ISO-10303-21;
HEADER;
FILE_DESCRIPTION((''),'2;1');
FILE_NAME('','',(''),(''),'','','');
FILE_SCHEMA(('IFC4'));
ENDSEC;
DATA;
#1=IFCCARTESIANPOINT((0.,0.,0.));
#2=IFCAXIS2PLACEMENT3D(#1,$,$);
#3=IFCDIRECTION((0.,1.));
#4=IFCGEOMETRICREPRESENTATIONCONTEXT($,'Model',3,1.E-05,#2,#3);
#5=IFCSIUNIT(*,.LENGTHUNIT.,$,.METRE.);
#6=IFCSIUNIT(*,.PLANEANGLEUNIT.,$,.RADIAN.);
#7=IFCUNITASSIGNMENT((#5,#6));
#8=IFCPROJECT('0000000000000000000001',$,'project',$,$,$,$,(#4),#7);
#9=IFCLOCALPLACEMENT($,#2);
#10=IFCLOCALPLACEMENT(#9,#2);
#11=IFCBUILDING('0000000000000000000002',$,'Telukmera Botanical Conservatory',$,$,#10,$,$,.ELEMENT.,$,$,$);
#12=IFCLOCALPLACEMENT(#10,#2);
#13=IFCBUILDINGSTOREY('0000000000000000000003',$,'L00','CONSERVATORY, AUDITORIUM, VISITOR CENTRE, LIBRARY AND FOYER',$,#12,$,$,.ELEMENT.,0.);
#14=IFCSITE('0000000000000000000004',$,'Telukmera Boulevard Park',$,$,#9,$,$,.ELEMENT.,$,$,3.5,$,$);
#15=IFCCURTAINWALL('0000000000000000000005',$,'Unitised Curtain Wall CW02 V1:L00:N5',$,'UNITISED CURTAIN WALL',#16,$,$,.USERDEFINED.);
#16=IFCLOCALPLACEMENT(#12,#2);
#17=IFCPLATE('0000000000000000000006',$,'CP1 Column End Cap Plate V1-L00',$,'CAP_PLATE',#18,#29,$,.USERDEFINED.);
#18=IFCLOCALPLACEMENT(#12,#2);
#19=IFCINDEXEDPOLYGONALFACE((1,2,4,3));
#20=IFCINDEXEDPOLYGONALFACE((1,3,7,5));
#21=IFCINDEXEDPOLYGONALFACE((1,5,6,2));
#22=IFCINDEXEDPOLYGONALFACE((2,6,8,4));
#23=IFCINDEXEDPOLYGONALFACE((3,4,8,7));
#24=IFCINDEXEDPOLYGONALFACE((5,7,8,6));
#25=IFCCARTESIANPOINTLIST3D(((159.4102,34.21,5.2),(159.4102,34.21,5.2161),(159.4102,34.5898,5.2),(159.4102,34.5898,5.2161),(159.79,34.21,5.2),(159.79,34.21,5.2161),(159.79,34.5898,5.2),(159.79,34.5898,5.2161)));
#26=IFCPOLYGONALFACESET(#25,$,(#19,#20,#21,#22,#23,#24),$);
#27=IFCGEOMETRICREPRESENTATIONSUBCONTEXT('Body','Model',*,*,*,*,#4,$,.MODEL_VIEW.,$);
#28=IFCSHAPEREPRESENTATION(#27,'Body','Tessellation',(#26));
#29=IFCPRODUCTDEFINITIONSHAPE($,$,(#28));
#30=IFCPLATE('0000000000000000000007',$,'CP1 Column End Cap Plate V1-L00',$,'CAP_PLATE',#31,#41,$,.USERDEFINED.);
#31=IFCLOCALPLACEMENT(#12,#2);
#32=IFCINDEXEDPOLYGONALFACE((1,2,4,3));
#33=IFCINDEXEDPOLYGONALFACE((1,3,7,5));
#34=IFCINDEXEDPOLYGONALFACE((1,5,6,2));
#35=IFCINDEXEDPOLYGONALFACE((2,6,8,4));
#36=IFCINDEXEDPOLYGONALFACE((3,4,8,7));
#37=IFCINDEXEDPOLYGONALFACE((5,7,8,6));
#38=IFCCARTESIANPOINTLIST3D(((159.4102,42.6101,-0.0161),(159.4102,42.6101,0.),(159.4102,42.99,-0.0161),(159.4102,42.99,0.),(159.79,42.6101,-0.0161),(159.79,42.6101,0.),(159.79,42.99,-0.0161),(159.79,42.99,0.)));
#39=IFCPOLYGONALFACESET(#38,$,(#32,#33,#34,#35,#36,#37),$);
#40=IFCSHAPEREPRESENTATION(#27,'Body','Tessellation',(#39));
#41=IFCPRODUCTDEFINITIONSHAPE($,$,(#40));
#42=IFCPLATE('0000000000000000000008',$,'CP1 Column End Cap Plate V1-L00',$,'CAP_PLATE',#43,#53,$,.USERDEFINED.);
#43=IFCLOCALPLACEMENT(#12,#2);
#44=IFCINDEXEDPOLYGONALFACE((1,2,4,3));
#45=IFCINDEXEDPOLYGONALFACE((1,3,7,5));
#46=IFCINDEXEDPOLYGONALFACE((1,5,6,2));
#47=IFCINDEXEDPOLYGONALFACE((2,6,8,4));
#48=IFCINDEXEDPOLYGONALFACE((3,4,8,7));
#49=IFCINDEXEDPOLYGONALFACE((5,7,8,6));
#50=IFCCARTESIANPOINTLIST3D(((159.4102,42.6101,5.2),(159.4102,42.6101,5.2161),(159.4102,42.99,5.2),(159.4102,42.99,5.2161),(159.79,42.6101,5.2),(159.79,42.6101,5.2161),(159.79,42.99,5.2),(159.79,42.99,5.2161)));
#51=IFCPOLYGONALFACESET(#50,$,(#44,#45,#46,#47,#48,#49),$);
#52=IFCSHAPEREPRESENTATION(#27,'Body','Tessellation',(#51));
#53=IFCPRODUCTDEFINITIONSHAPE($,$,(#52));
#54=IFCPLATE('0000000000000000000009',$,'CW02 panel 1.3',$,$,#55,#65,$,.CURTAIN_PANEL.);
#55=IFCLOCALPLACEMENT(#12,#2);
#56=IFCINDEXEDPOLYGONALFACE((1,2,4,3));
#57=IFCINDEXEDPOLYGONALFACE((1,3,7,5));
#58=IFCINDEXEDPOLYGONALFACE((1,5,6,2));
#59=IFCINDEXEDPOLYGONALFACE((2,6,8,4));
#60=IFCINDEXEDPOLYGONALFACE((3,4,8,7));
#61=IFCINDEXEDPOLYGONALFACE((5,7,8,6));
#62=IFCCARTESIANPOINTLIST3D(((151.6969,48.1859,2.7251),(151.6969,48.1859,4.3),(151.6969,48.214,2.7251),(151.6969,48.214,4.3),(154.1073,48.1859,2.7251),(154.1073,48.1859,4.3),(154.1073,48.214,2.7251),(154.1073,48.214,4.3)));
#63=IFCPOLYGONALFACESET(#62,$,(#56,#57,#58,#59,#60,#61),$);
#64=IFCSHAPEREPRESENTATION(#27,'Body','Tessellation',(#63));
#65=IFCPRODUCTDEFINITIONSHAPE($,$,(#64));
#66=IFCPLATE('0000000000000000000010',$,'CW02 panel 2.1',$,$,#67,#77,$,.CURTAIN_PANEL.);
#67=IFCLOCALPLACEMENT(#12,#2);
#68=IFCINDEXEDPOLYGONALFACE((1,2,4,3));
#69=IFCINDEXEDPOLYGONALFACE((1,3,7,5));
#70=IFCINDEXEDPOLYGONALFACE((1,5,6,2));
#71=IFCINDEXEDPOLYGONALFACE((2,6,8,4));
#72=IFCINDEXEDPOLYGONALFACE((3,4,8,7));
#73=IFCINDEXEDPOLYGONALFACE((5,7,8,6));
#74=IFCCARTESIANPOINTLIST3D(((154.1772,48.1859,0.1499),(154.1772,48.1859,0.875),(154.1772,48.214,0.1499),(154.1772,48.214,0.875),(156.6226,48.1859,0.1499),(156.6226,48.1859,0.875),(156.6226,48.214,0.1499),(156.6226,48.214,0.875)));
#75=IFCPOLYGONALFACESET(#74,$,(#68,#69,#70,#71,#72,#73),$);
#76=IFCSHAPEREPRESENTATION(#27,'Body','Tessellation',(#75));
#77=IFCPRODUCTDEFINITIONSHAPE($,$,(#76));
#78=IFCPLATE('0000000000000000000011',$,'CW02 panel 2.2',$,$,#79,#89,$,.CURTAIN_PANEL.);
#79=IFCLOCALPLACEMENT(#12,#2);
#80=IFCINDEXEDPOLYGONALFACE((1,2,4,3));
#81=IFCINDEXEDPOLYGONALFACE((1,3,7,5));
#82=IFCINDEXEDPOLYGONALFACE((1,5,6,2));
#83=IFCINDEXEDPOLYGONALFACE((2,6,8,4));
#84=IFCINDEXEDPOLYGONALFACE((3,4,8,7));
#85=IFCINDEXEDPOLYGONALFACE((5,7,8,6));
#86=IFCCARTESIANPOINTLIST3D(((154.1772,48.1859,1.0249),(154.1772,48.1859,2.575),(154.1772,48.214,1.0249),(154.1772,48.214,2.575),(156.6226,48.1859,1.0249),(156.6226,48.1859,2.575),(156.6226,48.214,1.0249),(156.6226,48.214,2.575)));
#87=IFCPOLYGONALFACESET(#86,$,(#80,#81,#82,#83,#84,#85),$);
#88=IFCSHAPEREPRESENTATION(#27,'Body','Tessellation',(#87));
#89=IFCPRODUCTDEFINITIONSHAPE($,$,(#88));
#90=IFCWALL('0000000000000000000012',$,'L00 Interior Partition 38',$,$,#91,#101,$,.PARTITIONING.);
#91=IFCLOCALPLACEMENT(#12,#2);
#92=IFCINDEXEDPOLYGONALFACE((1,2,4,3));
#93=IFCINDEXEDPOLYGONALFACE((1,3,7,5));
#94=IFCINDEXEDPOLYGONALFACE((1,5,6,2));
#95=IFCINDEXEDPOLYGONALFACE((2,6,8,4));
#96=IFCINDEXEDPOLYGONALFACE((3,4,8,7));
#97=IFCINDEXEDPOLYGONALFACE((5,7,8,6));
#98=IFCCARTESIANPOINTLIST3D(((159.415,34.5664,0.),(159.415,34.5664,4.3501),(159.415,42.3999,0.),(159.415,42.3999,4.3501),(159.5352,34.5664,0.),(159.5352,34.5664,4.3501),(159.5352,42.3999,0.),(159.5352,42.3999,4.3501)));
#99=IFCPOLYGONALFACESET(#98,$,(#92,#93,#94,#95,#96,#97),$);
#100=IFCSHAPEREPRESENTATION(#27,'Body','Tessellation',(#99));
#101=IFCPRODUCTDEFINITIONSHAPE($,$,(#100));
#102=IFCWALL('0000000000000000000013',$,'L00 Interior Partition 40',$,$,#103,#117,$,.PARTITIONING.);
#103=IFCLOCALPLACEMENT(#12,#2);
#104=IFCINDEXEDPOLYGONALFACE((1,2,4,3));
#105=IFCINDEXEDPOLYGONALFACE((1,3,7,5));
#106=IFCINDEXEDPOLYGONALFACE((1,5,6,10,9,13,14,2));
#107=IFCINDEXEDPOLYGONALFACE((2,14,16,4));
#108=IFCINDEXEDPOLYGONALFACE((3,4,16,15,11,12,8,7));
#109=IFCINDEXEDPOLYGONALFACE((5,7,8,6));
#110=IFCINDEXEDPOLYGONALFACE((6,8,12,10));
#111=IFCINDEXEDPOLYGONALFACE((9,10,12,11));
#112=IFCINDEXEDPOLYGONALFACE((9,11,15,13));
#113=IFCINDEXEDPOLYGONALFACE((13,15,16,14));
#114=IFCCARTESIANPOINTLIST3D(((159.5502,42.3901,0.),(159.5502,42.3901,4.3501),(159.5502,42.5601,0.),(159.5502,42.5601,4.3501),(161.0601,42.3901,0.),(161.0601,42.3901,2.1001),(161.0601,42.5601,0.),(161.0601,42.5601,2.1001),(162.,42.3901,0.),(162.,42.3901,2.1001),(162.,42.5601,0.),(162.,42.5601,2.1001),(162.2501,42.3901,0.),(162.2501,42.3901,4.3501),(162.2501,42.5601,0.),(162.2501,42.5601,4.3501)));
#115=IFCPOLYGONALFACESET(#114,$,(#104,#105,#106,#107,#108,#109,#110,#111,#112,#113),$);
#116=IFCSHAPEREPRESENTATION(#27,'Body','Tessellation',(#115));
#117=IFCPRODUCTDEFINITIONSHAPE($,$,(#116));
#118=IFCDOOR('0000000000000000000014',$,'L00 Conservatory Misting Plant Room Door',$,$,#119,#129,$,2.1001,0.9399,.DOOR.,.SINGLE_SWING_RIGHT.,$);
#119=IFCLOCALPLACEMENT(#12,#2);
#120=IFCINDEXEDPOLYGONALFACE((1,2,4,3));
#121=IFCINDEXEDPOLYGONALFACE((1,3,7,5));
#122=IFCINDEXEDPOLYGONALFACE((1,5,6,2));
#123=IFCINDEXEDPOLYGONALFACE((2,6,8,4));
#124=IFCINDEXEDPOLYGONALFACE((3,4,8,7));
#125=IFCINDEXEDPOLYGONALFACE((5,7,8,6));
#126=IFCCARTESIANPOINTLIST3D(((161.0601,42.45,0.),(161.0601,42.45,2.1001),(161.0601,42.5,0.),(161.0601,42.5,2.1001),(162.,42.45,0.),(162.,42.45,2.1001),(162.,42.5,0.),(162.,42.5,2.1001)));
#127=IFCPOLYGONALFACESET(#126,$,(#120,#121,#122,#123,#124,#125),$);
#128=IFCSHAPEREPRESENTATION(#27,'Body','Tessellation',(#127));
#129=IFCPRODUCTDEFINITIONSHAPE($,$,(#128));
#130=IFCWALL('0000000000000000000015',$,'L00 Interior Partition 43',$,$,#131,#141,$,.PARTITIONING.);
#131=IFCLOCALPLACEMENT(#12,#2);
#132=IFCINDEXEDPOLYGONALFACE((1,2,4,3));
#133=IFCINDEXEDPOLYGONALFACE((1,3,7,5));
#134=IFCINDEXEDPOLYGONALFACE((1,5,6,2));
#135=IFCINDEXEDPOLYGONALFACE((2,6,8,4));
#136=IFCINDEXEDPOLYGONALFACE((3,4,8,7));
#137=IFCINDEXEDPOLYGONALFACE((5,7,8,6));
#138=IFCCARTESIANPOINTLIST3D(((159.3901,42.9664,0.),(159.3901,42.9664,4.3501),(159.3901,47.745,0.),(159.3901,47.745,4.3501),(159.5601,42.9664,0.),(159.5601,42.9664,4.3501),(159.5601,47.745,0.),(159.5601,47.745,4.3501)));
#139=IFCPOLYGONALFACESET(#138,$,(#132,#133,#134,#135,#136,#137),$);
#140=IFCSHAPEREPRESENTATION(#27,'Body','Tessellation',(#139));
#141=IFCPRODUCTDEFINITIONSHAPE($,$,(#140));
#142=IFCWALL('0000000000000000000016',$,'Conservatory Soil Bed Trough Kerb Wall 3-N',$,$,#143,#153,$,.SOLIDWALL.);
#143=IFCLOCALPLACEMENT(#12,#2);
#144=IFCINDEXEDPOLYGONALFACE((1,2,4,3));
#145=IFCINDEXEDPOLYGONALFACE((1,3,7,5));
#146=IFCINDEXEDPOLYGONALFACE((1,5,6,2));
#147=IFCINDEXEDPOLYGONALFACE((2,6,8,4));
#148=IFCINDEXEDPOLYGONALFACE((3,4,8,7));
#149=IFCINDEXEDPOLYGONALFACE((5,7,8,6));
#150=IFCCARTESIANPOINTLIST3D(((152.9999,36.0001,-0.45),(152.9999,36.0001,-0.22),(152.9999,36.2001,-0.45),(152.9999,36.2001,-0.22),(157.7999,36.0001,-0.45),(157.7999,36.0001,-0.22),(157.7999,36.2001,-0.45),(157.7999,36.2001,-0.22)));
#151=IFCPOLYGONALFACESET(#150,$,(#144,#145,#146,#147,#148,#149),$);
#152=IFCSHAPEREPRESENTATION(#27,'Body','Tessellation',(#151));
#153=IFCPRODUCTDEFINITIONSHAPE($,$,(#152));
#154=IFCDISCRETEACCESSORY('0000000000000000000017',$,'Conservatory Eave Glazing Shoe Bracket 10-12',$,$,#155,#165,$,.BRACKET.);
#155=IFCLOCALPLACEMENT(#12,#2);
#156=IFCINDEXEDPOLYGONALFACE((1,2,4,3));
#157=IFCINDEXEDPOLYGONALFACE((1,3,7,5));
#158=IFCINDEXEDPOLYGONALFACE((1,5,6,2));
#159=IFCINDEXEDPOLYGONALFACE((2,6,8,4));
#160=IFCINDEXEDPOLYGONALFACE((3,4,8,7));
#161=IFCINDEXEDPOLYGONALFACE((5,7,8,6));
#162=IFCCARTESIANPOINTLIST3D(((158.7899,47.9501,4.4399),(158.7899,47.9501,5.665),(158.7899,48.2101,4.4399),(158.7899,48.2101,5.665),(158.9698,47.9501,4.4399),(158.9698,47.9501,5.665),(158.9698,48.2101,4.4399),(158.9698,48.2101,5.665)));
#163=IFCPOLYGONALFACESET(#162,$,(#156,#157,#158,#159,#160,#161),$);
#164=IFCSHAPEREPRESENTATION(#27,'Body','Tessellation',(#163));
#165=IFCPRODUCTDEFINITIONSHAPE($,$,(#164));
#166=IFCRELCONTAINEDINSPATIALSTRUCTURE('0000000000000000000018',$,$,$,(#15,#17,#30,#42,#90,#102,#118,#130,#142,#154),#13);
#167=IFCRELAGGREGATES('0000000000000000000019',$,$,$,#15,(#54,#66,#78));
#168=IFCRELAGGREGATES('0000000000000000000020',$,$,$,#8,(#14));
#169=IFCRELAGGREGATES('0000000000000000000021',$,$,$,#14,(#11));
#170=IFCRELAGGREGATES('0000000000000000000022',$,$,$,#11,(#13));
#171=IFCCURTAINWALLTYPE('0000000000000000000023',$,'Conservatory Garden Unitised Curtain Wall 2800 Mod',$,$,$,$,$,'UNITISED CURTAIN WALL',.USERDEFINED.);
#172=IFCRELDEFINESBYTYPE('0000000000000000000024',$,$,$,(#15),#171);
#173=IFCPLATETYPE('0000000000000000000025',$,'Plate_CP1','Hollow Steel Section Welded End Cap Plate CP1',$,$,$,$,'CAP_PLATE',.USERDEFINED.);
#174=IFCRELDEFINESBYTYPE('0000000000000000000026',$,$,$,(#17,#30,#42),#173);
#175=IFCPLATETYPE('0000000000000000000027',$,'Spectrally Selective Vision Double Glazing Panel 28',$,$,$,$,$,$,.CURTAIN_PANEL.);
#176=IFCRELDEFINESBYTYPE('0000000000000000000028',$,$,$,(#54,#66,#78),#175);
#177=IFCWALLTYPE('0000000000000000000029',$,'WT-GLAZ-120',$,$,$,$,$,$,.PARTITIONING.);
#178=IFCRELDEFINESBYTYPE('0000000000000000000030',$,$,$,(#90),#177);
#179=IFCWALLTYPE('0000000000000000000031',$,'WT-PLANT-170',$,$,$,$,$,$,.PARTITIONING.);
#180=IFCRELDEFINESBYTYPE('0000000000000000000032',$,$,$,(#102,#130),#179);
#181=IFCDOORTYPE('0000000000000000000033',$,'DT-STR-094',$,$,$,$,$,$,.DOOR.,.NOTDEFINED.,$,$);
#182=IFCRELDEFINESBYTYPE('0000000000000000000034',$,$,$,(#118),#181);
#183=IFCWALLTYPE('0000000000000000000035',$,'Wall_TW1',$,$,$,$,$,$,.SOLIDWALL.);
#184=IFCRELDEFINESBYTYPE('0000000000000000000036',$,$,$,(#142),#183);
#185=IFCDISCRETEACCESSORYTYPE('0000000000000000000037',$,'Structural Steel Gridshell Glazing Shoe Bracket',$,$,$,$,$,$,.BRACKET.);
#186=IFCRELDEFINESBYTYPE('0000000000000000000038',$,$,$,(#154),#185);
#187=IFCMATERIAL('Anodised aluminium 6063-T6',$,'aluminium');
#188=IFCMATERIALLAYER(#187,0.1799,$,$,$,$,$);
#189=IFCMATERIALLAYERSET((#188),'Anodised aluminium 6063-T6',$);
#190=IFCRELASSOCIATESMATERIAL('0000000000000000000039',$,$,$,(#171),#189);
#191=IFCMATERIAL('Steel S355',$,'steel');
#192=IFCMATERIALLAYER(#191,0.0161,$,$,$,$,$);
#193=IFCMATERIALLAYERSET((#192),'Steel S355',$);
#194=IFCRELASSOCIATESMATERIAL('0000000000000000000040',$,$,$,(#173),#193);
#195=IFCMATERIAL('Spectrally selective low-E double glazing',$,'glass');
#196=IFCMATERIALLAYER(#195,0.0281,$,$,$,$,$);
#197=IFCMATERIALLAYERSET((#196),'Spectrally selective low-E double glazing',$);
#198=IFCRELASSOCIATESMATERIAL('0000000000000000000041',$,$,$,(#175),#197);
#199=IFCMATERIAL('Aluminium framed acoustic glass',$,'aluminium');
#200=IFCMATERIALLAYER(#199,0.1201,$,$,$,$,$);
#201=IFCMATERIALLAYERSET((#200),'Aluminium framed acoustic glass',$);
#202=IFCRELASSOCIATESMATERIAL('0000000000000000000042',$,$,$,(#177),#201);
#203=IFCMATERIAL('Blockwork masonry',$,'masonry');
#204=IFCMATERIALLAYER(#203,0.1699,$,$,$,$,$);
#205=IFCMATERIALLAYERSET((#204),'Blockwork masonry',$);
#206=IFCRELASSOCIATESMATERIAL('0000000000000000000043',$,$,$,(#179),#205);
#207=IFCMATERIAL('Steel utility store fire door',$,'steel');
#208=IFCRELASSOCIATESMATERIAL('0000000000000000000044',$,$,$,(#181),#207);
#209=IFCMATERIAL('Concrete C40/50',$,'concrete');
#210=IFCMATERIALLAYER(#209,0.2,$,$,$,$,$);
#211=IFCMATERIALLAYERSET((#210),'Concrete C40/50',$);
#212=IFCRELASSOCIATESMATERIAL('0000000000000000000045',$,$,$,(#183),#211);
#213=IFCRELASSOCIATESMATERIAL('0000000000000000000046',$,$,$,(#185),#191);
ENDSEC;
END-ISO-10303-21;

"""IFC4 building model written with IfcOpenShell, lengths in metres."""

from ifc_helpers import new_model, si_unit, direction, frame, frame_2d, origin, origin_2d, place, context, subcontext, project, spatial, rectangle, extrude, material, layer, layer_set, type_object, element, fill, aggregate, save


model = new_model("IFC4")

# Units and contexts
model_context = context("Model", 3, precision=1e-05, world=origin(), true_north=direction((0.0, 1.0)))
body_context = subcontext(model_context, "Body", "Model", "MODEL_VIEW")
ifc_project = project(units=[si_unit("LENGTHUNIT", "METRE"), si_unit("PLANEANGLEUNIT", "RADIAN")], contexts=[model_context])

# Site, building, storey
site_placement = place(None, origin())
site = spatial("IfcSite", under=ifc_project, at=site_placement, Name="Telukmera Boulevard Park", CompositionType="ELEMENT", RefElevation=3.5)
building_placement = place(site_placement, origin())
building = spatial("IfcBuilding", under=site, at=building_placement, Name="Telukmera Botanical Conservatory", CompositionType="ELEMENT")
storey_placement = place(building_placement, origin())
storey = spatial("IfcBuildingStorey", under=building, at=storey_placement, Name="L00", Description="CONSERVATORY, AUDITORIUM, VISITOR CENTRE, LIBRARY AND FOYER", CompositionType="ELEMENT", Elevation=0.0)

# Shared definitions
ifc_material_1 = material(Name="Steel S355", Category="steel")

# Curtain wall
ifc_material_2 = material(Name="Anodised aluminium 6063-T6", Category="aluminium")
ifc_layer_1 = layer(ifc_material_2, 0.1799)
ifc_layer_set_1 = layer_set([ifc_layer_1], Name="Anodised aluminium 6063-T6")
curtain_wall_type = type_object("IfcCurtainWallType", Name="Conservatory Garden Unitised Curtain Wall 2800 Mod", ElementType="UNITISED CURTAIN WALL", PredefinedType="USERDEFINED", material=ifc_layer_set_1)
curtain_wall_placement = place(storey_placement, origin())
curtain_wall = element("IfcCurtainWall", 1, at=curtain_wall_placement, inside=storey, type_object=curtain_wall_type, Name="Unitised Curtain Wall CW02 V1:L00:N5", ObjectType="UNITISED CURTAIN WALL", PredefinedType="USERDEFINED")

# Plates
ifc_layer_2 = layer(ifc_material_1, 0.0161)
ifc_layer_set_2 = layer_set([ifc_layer_2], Name="Steel S355")
plate_type_1 = type_object("IfcPlateType", Name="Plate_CP1", Description="Hollow Steel Section Welded End Cap Plate CP1", ElementType="CAP_PLATE", PredefinedType="USERDEFINED", material=ifc_layer_set_2)
for number, where, z_axis, x_axis, name in (
    (2, (159.6001, 34.3999, 5.2), (0.0, 0.0, 1.0), (1.0, 0.0, 0.0), "CP1 Column End Cap Plate V1-L00"),
    (3, (159.6001, 42.8, -0.0161), (0.0, 0.0, 1.0), (1.0, 0.0, 0.0), "CP1 Column End Cap Plate V1-L00"),
    (4, (159.6001, 42.8, 5.2), (0.0, 0.0, 1.0), (1.0, 0.0, 0.0), "CP1 Column End Cap Plate V1-L00"),
):
    element("IfcPlate", number, at=place(storey_placement, frame(where, z_axis=z_axis, x_axis=x_axis)), inside=storey, type_object=plate_type_1, Name=name, ObjectType="CAP_PLATE", PredefinedType="USERDEFINED", context=body_context, shape_type="SweptSolid", body=[
        extrude(rectangle(XDim=0.3799, YDim=0.3799, at=origin_2d()), origin(), (0.0, 0.0, 1.0), 0.0161),
    ])

# Plates
ifc_material_3 = material(Name="Spectrally selective low-E double glazing", Category="glass")
ifc_layer_3 = layer(ifc_material_3, 0.0281)
ifc_layer_set_3 = layer_set([ifc_layer_3], Name="Spectrally selective low-E double glazing")
plate_type_2 = type_object("IfcPlateType", Name="Spectrally Selective Vision Double Glazing Panel 28", PredefinedType="CURTAIN_PANEL", material=ifc_layer_set_3)
plate_1_placement = place(storey_placement, frame((152.9021, 48.2, 2.7251), z_axis=(0.0, 0.0, 1.0), x_axis=(1.0, 0.0, 0.0)))
plate_1 = element("IfcPlate", 5, at=plate_1_placement, type_object=plate_type_2, Name="CW02 panel 1.3", PredefinedType="CURTAIN_PANEL", context=body_context, shape_type="SweptSolid", body=[
    extrude(rectangle(XDim=2.4104, YDim=0.0281, at=origin_2d()), origin(), (0.0, 0.0, 1.0), 1.575),
])
plate_2_placement = place(storey_placement, frame((155.3999, 48.2, 0.1499), z_axis=(0.0, 0.0, 1.0), x_axis=(1.0, 0.0, 0.0)))
plate_2 = element("IfcPlate", 6, at=plate_2_placement, type_object=plate_type_2, Name="CW02 panel 2.1", PredefinedType="CURTAIN_PANEL", context=body_context, shape_type="SweptSolid", body=[
    extrude(rectangle(XDim=2.4453, YDim=0.0281, at=origin_2d()), origin(), (0.0, 0.0, 1.0), 0.7251),
])
plate_3_placement = place(storey_placement, frame((155.3999, 48.2, 1.0249), z_axis=(0.0, 0.0, 1.0), x_axis=(1.0, 0.0, 0.0)))
plate_3 = element("IfcPlate", 7, at=plate_3_placement, type_object=plate_type_2, Name="CW02 panel 2.2", PredefinedType="CURTAIN_PANEL", context=body_context, shape_type="SweptSolid", body=[
    extrude(rectangle(XDim=2.4453, YDim=0.0281, at=origin_2d()), origin(), (0.0, 0.0, 1.0), 1.55),
])
aggregate(curtain_wall, [plate_1, plate_2, plate_3])

# Wall
ifc_material_4 = material(Name="Aluminium framed acoustic glass", Category="aluminium")
ifc_layer_4 = layer(ifc_material_4, 0.1201)
ifc_layer_set_4 = layer_set([ifc_layer_4], Name="Aluminium framed acoustic glass")
wall_type_1 = type_object("IfcWallType", Name="WT-GLAZ-120", PredefinedType="PARTITIONING", material=ifc_layer_set_4)
wall_1_placement = place(storey_placement, frame((159.4751, 34.5664, 0.0), z_axis=(0.0, 0.0, 1.0), x_axis=(0.0, 1.0, 0.0)))
element("IfcWall", 8, at=wall_1_placement, inside=storey, type_object=wall_type_1, Name="L00 Interior Partition 38", PredefinedType="PARTITIONING", context=body_context, shape_type="SweptSolid", body=[
    extrude(rectangle(XDim=7.8335, YDim=0.1201, at=frame_2d((3.9167, 0.0))), origin(), (0.0, 0.0, 1.0), 4.3501),
])

# Wall, opening, door
ifc_material_5 = material(Name="Blockwork masonry", Category="masonry")
ifc_layer_5 = layer(ifc_material_5, 0.1699)
ifc_layer_set_5 = layer_set([ifc_layer_5], Name="Blockwork masonry")
wall_type_2 = type_object("IfcWallType", Name="WT-PLANT-170", PredefinedType="PARTITIONING", material=ifc_layer_set_5)
wall_2_placement = place(storey_placement, frame((159.55, 42.4751, 0.0), z_axis=(0.0, 0.0, 1.0), x_axis=(1.0, 0.0, 0.0)))
wall_2 = element("IfcWall", 9, at=wall_2_placement, inside=storey, type_object=wall_type_2, Name="L00 Interior Partition 40", PredefinedType="PARTITIONING", context=body_context, shape_type="SweptSolid", body=[
    extrude(rectangle(XDim=2.7, YDim=0.1699, at=frame_2d((1.3501, 0.0))), origin(), (0.0, 0.0, 1.0), 4.3501),
])
opening_placement = place(wall_2_placement, frame((1.51, 0.0, 0.0)))
opening = element("IfcOpeningElement", 10, at=opening_placement, cuts=wall_2, PredefinedType="OPENING", context=body_context, shape_type="SweptSolid", body=[
    extrude(rectangle(XDim=0.9399, YDim=2.1001, at=frame_2d((0.47, 1.05))), frame((0.0, 0.095, 0.0), z_axis=(0.0, -1.0, 0.0), x_axis=(1.0, 0.0, 0.0)), (0.0, 0.0, 1.0), 0.1899),
])
ifc_material_6 = material(Name="Steel utility store fire door", Category="steel")
door_type = type_object("IfcDoorType", Name="DT-STR-094", OperationType="NOTDEFINED", PredefinedType="DOOR", material=ifc_material_6)
door_placement = place(opening_placement, origin())
door = element("IfcDoor", 11, at=door_placement, inside=storey, type_object=door_type, Name="L00 Conservatory Misting Plant Room Door", OperationType="SINGLE_SWING_RIGHT", OverallHeight=2.1001, OverallWidth=0.9399, PredefinedType="DOOR", context=body_context, shape_type="SweptSolid", body=[
    extrude(rectangle(XDim=0.9399, YDim=2.1001, at=frame_2d((0.47, 1.05))), frame((0.0, 0.0249, 0.0), z_axis=(0.0, -1.0, 0.0), x_axis=(1.0, 0.0, 0.0)), (0.0, 0.0, 1.0), 0.05),
])
fill(opening, door)

# Walls
wall_3_placement = place(storey_placement, frame((159.4751, 42.9666, 0.0), z_axis=(0.0, 0.0, 1.0), x_axis=(0.0, 1.0, 0.0)))
element("IfcWall", 12, at=wall_3_placement, inside=storey, type_object=wall_type_2, Name="L00 Interior Partition 43", PredefinedType="PARTITIONING", context=body_context, shape_type="SweptSolid", body=[
    extrude(rectangle(XDim=4.7786, YDim=0.1699, at=frame_2d((2.3892, 0.0))), origin(), (0.0, 0.0, 1.0), 4.3501),
])
ifc_material_7 = material(Name="Concrete C40/50", Category="concrete")
ifc_layer_6 = layer(ifc_material_7, 0.2)
ifc_layer_set_6 = layer_set([ifc_layer_6], Name="Concrete C40/50")
wall_type_3 = type_object("IfcWallType", Name="Wall_TW1", PredefinedType="SOLIDWALL", material=ifc_layer_set_6)
wall_4_placement = place(storey_placement, frame((153.0, 36.1001, -0.45), z_axis=(0.0, 0.0, 1.0), x_axis=(1.0, 0.0, 0.0)))
element("IfcWall", 13, at=wall_4_placement, inside=storey, type_object=wall_type_3, Name="Conservatory Soil Bed Trough Kerb Wall 3-N", PredefinedType="SOLIDWALL", context=body_context, shape_type="SweptSolid", body=[
    extrude(rectangle(XDim=4.8, YDim=0.2, at=frame_2d((2.3999, 0.0))), origin(), (0.0, 0.0, 1.0), 0.23),
])

# Discrete accessory
discrete_accessory_type = type_object("IfcDiscreteAccessoryType", Name="Structural Steel Gridshell Glazing Shoe Bracket", PredefinedType="BRACKET", material=ifc_material_1)
discrete_accessory_placement = place(storey_placement, frame((158.8799, 48.0801, 4.4399), z_axis=(0.0, 0.0, 1.0), x_axis=(1.0, 0.0, 0.0)))
element("IfcDiscreteAccessory", 14, at=discrete_accessory_placement, inside=storey, type_object=discrete_accessory_type, Name="Conservatory Eave Glazing Shoe Bracket 10-12", PredefinedType="BRACKET", context=body_context, shape_type="SweptSolid", body=[
    extrude(rectangle(XDim=0.1799, YDim=0.26, at=origin_2d()), origin(), (0.0, 0.0, 1.0), 1.2251),
])

save(model, "model.ifc")
